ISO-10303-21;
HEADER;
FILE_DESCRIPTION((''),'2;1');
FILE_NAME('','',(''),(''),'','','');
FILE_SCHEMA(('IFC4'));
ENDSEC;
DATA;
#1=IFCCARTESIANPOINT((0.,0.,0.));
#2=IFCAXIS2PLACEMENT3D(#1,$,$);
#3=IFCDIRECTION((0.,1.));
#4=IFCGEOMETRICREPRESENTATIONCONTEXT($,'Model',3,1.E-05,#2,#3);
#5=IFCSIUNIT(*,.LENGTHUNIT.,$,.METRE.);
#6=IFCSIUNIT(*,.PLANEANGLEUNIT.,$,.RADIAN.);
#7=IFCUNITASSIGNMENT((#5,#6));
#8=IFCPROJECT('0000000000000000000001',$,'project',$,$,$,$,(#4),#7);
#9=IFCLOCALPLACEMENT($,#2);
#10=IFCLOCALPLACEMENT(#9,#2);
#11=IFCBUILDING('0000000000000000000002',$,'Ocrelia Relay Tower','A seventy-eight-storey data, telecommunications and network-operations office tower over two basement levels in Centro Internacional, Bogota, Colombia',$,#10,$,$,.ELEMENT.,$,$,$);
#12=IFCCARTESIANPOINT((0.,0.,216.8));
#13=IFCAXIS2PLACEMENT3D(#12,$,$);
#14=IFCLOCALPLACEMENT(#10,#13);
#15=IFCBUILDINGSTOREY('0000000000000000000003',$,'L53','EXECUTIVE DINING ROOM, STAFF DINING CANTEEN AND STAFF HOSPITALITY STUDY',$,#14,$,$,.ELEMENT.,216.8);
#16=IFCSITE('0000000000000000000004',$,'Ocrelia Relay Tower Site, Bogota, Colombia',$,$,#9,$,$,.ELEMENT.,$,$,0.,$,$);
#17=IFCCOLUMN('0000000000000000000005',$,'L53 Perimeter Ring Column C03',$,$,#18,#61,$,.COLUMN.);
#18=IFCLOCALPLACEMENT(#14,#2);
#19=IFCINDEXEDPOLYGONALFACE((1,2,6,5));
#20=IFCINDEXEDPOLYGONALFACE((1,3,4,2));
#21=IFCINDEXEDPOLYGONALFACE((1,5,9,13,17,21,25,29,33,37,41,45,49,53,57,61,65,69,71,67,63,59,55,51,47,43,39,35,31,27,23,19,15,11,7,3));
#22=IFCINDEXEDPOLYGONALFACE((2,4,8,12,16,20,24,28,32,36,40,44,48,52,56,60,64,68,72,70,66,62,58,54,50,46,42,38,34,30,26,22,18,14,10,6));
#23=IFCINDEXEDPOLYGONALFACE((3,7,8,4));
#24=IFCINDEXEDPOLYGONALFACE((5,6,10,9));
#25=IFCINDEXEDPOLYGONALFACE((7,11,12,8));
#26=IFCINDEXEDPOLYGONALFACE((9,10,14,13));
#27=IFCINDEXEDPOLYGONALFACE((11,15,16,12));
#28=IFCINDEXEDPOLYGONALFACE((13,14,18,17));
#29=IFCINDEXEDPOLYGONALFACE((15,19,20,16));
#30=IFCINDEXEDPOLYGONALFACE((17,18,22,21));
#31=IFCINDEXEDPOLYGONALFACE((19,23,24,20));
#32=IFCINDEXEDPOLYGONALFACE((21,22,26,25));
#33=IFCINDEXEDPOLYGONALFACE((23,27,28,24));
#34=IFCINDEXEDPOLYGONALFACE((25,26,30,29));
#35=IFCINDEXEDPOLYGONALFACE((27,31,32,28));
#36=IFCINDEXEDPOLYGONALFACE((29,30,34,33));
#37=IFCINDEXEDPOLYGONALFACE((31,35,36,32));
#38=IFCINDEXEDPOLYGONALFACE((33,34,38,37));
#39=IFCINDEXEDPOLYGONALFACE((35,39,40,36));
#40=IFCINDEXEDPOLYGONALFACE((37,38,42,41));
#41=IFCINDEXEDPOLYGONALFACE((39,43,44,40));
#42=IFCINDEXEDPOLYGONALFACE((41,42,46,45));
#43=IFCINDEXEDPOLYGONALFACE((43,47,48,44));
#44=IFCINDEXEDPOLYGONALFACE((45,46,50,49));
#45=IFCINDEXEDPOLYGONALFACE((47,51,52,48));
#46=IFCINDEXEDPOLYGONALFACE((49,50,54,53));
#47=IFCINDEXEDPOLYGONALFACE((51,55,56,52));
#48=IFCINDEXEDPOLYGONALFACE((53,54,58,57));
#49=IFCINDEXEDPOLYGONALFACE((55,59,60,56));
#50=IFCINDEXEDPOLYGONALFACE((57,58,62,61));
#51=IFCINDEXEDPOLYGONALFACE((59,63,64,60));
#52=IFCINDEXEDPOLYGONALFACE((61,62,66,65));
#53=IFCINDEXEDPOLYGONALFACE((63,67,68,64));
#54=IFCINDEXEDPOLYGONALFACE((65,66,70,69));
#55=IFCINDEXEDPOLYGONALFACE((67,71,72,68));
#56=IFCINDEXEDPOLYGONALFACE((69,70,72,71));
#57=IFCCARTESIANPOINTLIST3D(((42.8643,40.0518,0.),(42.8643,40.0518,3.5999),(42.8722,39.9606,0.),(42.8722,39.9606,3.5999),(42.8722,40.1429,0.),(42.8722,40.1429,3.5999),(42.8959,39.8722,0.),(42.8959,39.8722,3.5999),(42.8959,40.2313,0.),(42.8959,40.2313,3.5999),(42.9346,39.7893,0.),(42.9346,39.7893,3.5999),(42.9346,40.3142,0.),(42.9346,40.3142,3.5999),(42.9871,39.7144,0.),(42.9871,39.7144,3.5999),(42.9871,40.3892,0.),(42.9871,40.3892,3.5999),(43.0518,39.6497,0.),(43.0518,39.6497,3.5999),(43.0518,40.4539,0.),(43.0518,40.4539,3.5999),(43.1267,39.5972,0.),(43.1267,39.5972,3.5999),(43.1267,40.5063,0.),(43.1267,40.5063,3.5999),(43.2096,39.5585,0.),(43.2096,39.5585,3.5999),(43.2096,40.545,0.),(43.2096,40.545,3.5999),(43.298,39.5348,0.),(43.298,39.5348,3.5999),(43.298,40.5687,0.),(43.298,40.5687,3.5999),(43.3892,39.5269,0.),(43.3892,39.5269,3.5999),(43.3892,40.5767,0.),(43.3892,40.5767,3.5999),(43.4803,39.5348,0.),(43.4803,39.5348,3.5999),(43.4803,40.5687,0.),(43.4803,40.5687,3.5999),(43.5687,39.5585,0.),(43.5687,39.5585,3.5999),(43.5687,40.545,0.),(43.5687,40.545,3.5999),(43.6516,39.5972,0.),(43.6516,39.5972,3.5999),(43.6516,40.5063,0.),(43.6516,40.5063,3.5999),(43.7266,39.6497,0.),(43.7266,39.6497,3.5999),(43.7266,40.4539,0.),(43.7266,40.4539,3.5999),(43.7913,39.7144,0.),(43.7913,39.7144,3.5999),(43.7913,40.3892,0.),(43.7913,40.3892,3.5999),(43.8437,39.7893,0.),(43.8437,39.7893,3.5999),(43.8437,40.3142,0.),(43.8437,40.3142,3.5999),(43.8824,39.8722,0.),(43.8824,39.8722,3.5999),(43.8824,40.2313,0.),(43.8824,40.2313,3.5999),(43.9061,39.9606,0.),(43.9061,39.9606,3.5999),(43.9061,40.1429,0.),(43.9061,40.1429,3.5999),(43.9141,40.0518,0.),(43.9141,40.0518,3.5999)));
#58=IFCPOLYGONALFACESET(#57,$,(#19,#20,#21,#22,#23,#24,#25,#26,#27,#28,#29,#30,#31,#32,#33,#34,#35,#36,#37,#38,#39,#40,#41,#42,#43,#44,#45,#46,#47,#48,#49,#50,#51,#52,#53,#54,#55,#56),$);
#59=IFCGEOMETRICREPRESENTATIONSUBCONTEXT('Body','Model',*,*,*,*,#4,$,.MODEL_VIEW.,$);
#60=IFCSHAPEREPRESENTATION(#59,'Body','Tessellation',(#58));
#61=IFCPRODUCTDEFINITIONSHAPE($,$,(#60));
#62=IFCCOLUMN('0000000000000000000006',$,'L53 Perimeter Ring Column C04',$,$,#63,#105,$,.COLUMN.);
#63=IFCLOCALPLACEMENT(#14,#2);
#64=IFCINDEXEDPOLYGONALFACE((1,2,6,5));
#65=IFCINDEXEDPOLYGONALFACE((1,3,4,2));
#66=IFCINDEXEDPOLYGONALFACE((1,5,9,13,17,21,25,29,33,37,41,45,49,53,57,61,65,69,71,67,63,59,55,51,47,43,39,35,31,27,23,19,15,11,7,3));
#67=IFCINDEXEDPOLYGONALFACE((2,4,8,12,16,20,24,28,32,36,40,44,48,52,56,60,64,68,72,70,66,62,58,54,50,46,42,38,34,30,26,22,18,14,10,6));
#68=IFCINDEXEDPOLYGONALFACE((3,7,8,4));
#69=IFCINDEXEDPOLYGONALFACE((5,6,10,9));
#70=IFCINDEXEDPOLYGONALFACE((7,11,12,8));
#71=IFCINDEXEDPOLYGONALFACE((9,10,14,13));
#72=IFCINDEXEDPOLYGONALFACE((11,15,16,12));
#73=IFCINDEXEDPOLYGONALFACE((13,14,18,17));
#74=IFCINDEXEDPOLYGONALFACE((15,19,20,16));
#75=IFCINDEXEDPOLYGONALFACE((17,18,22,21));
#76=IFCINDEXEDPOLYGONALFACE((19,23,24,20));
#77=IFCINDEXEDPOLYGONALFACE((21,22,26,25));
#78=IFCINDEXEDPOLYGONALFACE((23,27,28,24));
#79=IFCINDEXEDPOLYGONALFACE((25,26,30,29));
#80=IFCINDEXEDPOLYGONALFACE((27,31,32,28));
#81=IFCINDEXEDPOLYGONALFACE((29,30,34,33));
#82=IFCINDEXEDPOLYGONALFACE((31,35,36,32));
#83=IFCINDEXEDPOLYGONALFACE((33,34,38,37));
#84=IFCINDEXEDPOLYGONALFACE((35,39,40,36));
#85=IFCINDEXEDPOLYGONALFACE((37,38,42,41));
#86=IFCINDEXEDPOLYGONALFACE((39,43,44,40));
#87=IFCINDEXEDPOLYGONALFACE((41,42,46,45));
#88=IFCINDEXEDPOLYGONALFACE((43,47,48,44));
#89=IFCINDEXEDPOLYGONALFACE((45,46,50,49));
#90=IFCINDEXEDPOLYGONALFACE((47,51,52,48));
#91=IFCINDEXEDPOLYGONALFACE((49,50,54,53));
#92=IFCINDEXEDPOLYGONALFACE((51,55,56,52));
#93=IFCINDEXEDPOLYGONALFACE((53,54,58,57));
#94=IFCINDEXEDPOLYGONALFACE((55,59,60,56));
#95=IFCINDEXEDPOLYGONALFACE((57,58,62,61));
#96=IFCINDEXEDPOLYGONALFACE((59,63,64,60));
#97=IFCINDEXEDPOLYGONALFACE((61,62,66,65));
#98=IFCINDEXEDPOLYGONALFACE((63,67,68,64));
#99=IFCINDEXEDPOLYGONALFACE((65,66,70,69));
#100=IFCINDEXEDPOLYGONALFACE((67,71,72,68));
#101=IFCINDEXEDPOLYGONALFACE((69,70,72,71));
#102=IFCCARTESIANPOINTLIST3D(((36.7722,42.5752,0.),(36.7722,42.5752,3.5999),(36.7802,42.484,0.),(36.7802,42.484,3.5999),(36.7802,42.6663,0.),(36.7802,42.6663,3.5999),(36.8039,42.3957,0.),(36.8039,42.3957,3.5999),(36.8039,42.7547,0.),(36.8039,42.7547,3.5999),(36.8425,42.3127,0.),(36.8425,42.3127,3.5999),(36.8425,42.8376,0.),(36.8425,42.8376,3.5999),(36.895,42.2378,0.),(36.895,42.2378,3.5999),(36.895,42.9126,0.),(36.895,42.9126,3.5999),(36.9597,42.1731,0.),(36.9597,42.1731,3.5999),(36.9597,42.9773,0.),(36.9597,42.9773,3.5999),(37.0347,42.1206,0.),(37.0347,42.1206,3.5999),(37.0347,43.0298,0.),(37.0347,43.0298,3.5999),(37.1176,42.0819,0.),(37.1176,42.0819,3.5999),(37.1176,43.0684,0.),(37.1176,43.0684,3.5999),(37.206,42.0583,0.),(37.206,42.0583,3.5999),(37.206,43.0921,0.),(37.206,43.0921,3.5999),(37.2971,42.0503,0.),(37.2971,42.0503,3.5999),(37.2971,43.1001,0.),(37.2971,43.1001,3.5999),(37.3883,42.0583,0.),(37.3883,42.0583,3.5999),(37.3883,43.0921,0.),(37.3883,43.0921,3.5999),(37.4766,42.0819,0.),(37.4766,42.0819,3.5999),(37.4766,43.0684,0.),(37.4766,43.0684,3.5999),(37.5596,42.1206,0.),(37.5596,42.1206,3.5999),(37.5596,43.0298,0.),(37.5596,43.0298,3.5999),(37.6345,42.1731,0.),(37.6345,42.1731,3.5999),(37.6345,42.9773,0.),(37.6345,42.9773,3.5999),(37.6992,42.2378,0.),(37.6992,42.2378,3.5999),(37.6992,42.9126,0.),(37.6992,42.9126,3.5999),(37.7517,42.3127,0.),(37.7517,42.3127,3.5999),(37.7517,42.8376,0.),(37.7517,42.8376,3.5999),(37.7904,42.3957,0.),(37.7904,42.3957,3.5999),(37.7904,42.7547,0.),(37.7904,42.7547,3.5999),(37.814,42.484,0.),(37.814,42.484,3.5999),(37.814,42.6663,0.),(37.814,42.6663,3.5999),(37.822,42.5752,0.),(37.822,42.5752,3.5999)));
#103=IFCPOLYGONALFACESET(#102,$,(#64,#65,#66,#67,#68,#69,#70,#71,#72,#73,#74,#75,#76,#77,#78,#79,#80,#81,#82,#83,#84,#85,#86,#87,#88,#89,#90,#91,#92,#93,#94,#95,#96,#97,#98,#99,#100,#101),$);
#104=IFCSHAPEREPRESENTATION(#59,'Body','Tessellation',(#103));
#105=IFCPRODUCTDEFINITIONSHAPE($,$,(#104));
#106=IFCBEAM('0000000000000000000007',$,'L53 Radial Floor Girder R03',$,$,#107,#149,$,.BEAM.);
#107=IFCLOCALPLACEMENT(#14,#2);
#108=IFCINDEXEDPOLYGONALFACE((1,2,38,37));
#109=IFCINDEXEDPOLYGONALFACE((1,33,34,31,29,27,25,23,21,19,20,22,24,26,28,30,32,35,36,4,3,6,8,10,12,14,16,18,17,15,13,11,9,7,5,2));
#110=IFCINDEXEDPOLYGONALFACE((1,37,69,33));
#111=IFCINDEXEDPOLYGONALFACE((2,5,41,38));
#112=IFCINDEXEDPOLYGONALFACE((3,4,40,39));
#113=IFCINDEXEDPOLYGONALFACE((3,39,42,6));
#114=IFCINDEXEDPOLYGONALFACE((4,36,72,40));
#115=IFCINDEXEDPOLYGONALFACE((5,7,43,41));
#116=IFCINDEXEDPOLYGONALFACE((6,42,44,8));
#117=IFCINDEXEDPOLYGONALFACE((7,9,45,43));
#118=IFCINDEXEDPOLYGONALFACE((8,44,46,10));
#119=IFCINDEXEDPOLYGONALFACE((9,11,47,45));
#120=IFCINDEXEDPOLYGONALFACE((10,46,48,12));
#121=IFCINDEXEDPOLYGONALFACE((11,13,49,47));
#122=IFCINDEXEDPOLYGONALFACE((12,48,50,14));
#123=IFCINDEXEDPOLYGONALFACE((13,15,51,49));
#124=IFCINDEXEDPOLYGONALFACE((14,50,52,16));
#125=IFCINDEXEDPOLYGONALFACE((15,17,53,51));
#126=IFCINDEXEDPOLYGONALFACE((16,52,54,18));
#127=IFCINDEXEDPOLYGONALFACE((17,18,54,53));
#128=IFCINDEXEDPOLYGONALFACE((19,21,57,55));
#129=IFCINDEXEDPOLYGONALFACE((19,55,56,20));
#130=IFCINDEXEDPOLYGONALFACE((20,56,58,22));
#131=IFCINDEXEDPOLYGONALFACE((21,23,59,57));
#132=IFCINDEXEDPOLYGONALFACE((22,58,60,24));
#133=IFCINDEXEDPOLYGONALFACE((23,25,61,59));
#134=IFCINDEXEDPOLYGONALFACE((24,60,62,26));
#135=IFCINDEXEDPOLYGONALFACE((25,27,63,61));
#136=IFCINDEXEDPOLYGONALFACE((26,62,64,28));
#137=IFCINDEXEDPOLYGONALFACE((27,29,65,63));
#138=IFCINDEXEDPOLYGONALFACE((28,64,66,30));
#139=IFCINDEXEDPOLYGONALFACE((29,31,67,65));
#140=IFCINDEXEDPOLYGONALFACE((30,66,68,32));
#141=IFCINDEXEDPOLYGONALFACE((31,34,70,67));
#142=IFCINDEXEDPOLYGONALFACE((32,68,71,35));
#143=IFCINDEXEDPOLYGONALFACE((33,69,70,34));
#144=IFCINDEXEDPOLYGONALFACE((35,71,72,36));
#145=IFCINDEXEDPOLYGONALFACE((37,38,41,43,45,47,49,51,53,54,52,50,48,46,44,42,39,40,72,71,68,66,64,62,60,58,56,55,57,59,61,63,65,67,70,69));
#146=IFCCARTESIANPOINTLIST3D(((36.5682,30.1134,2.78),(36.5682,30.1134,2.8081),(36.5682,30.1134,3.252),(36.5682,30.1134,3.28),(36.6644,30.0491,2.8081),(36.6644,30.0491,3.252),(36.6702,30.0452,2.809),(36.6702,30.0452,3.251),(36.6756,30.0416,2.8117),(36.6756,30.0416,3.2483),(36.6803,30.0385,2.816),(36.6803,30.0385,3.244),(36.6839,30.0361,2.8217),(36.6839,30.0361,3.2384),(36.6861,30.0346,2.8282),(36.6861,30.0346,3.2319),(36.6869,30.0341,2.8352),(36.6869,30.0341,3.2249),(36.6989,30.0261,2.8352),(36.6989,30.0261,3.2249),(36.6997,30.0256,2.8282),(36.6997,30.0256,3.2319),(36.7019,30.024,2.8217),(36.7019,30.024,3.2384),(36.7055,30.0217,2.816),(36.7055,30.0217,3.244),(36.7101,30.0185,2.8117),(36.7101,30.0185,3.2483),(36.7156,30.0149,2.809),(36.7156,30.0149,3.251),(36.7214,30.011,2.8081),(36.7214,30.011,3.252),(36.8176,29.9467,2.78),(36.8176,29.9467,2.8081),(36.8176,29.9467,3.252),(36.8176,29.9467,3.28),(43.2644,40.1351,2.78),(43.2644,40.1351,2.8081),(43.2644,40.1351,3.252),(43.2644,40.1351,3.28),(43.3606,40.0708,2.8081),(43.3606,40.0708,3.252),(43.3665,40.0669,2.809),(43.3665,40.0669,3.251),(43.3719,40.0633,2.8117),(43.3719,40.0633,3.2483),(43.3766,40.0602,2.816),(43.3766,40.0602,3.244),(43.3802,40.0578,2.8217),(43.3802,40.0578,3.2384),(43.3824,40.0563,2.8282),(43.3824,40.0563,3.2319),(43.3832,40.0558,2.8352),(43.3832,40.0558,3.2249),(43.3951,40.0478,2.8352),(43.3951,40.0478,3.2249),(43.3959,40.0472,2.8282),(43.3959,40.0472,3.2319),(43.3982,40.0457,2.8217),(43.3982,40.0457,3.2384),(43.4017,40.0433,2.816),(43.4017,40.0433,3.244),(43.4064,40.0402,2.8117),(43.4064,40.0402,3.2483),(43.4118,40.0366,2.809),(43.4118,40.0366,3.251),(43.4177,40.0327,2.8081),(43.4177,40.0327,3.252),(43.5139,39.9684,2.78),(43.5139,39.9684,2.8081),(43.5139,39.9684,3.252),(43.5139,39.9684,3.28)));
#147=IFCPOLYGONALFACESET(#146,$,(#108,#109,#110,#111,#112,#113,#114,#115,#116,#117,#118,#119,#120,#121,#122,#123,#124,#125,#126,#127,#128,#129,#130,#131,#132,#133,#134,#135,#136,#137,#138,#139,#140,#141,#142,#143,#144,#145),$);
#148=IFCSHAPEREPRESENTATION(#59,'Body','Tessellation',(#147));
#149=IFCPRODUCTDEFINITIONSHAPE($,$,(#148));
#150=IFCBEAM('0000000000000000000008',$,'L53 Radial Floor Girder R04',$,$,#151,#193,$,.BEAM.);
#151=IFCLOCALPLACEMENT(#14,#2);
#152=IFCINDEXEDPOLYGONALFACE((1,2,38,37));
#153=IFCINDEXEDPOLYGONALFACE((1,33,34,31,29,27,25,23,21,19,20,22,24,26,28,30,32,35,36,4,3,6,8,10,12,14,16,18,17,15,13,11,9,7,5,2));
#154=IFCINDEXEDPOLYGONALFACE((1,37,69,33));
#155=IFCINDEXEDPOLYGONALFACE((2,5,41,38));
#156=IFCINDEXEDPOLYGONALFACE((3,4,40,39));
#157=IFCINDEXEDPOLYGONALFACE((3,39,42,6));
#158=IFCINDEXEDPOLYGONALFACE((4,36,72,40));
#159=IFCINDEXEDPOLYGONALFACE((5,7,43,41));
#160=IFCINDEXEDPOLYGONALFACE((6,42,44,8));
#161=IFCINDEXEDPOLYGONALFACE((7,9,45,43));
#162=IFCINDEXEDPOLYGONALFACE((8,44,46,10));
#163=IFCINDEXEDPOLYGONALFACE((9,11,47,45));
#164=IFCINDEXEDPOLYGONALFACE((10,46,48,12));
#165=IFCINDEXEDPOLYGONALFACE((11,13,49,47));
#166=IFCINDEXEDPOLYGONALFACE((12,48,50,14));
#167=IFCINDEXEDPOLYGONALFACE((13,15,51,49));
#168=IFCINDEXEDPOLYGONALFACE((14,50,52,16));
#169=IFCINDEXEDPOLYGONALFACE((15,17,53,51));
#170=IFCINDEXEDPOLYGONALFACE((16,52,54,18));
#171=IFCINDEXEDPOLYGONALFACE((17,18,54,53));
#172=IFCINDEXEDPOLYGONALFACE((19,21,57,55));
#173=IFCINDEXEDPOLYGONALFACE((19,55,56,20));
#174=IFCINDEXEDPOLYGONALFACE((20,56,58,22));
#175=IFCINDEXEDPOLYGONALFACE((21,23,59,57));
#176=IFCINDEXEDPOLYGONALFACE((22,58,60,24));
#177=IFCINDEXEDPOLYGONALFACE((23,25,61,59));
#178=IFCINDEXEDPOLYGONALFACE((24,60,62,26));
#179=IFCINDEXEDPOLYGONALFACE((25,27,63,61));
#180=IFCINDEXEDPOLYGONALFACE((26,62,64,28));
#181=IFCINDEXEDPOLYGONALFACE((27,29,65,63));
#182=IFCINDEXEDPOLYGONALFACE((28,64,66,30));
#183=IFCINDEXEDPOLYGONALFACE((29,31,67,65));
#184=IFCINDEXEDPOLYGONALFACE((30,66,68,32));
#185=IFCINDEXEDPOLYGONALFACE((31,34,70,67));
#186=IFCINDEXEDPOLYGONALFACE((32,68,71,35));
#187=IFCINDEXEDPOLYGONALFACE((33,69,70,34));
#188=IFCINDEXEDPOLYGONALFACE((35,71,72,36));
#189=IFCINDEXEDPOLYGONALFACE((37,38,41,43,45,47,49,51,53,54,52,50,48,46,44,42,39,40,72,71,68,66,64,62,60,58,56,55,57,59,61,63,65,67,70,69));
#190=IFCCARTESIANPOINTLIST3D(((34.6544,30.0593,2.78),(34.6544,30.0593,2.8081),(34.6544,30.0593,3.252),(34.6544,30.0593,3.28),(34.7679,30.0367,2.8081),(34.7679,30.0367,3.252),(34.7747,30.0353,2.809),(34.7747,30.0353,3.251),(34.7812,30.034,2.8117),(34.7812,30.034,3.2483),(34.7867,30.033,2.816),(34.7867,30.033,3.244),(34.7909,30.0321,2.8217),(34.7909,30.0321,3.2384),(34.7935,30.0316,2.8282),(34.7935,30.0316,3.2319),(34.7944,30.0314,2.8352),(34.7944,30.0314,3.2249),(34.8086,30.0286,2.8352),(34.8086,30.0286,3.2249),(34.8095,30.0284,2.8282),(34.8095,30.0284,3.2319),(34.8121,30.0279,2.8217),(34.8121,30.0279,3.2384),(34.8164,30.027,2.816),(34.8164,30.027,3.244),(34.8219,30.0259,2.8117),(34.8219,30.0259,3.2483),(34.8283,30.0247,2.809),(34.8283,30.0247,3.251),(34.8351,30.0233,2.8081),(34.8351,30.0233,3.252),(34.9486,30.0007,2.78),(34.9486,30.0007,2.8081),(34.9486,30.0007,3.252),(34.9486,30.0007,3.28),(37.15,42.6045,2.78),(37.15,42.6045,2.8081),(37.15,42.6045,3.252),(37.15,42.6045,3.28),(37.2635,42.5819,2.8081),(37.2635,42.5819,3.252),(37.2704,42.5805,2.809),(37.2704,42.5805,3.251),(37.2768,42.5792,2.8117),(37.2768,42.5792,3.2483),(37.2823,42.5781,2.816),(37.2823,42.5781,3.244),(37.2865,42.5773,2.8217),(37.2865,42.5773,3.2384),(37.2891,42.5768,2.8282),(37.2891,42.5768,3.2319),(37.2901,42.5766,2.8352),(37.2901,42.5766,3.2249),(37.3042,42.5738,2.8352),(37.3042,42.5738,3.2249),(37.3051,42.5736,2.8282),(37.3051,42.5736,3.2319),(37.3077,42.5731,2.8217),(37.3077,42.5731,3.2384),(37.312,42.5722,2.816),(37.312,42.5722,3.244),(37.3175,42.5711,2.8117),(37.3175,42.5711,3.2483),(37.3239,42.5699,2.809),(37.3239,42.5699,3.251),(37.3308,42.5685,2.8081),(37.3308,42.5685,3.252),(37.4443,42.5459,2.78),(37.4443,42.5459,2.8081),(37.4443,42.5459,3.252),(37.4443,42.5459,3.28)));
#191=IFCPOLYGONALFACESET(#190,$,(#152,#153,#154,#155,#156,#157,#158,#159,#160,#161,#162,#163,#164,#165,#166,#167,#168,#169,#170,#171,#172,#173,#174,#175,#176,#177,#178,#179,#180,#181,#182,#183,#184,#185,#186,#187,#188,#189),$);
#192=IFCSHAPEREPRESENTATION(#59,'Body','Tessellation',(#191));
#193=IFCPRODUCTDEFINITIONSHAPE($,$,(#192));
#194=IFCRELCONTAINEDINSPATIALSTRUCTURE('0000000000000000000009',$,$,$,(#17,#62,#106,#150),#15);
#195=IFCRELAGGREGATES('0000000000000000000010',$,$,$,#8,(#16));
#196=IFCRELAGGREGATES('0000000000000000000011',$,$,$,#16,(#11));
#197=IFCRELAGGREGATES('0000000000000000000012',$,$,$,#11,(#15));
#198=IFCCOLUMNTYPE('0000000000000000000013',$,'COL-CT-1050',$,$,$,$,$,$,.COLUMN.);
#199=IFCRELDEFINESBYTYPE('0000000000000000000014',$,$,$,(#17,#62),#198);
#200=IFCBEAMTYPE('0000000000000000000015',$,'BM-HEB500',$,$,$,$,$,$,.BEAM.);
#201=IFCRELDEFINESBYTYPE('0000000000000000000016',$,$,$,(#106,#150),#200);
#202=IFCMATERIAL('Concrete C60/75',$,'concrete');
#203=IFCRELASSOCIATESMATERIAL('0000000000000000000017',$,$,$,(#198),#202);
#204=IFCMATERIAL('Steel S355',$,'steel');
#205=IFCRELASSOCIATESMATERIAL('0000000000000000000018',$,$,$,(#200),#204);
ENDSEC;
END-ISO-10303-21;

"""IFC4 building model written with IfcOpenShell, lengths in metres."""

from ifc_helpers import new_model, si_unit, direction, frame, origin, origin_2d, place, context, subcontext, project, spatial, circle, i_section, extrude, material, material_profile, profile_set, type_object, element, save


model = new_model("IFC4")

# Units and contexts
model_context = context("Model", 3, precision=1e-05, world=origin(), true_north=direction((0.0, 1.0)))
body_context = subcontext(model_context, "Body", "Model", "MODEL_VIEW")
ifc_project = project(units=[si_unit("LENGTHUNIT", "METRE"), si_unit("PLANEANGLEUNIT", "RADIAN")], contexts=[model_context])

# Site, building, storey
site_placement = place(None, origin())
site = spatial("IfcSite", under=ifc_project, at=site_placement, Name="Ocrelia Relay Tower Site, Bogota, Colombia", CompositionType="ELEMENT", RefElevation=0.0)
building_placement = place(site_placement, origin())
building = spatial("IfcBuilding", under=site, at=building_placement, Name="Ocrelia Relay Tower", Description="A seventy-eight-storey data, telecommunications and network-operations office tower over two basement levels in Centro Internacional, Bogota, Colombia", CompositionType="ELEMENT")
storey_placement = place(building_placement, frame((0.0, 0.0, 216.8)))
storey = spatial("IfcBuildingStorey", under=building, at=storey_placement, Name="L53", Description="EXECUTIVE DINING ROOM, STAFF DINING CANTEEN AND STAFF HOSPITALITY STUDY", CompositionType="ELEMENT", Elevation=216.8)

# Columns
ifc_material_1 = material(Name="Concrete C60/75", Category="concrete")
ifc_material_profile_1 = material_profile(ifc_material_1, circle(Radius=0.5249, at=origin_2d()), Name="RC-CIR-1050")
ifc_profile_set_1 = profile_set([ifc_material_profile_1], Name="Concrete C60/75")
column_type = type_object("IfcColumnType", Name="COL-CT-1050", PredefinedType="COLUMN", material=ifc_profile_set_1)
for number, where, z_axis, x_axis, name in (
    (1, (43.3892, 40.0518, 0.0), (0.0, 0.0, 1.0), (1.0, 0.0, 0.0), "L53 Perimeter Ring Column C03"),
    (2, (37.2971, 42.5752, 0.0), (0.0, 0.0, 1.0), (1.0, 0.0, 0.0), "L53 Perimeter Ring Column C04"),
):
    element("IfcColumn", number, at=place(storey_placement, frame(where, z_axis=z_axis, x_axis=x_axis)), inside=storey, type_object=column_type, Name=name, PredefinedType="COLUMN", context=body_context, shape_type="SweptSolid", body=[
        extrude(circle(Radius=0.5249, at=origin_2d()), origin(), (0.0, 0.0, 1.0), 3.5999),
    ])

# Beams
ifc_material_2 = material(Name="Steel S355", Category="steel")
ifc_material_profile_2 = material_profile(ifc_material_2, i_section(OverallWidth=0.3, OverallDepth=0.5, WebThickness=0.0144, FlangeThickness=0.0281, FilletRadius=0.0271, at=origin_2d()), Name="HEB 500")
ifc_profile_set_2 = profile_set([ifc_material_profile_2], Name="Steel S355")
beam_type_1 = type_object("IfcBeamType", Name="BM-HEB500", PredefinedType="BEAM", material=ifc_profile_set_2)
beam_1_placement = place(storey_placement, frame((43.3892, 40.0518, 3.03), z_axis=(-0.555569, -0.83147, 0.0), x_axis=(0.83147, -0.555569, 0.0)))
element("IfcBeam", 3, at=beam_1_placement, inside=storey, type_object=beam_type_1, Name="L53 Radial Floor Girder R03", PredefinedType="BEAM", context=body_context, shape_type="SweptSolid", body=[
    extrude(i_section(OverallWidth=0.3, OverallDepth=0.5, WebThickness=0.0144, FlangeThickness=0.0281, FilletRadius=0.0271, at=origin_2d()), origin(), (0.0, 0.0, 1.0), 12.053),
])
beam_2_placement = place(storey_placement, frame((37.2971, 42.5752, 3.03), z_axis=(-0.195107, -0.980782, 0.0), x_axis=(0.980782, -0.195107, 0.0)))
element("IfcBeam", 4, at=beam_2_placement, inside=storey, type_object=beam_type_1, Name="L53 Radial Floor Girder R04", PredefinedType="BEAM", context=body_context, shape_type="SweptSolid", body=[
    extrude(i_section(OverallWidth=0.3, OverallDepth=0.5, WebThickness=0.0144, FlangeThickness=0.0281, FilletRadius=0.0271, at=origin_2d()), origin(), (0.0, 0.0, 1.0), 12.791),
])

save(model, "model.ifc")
